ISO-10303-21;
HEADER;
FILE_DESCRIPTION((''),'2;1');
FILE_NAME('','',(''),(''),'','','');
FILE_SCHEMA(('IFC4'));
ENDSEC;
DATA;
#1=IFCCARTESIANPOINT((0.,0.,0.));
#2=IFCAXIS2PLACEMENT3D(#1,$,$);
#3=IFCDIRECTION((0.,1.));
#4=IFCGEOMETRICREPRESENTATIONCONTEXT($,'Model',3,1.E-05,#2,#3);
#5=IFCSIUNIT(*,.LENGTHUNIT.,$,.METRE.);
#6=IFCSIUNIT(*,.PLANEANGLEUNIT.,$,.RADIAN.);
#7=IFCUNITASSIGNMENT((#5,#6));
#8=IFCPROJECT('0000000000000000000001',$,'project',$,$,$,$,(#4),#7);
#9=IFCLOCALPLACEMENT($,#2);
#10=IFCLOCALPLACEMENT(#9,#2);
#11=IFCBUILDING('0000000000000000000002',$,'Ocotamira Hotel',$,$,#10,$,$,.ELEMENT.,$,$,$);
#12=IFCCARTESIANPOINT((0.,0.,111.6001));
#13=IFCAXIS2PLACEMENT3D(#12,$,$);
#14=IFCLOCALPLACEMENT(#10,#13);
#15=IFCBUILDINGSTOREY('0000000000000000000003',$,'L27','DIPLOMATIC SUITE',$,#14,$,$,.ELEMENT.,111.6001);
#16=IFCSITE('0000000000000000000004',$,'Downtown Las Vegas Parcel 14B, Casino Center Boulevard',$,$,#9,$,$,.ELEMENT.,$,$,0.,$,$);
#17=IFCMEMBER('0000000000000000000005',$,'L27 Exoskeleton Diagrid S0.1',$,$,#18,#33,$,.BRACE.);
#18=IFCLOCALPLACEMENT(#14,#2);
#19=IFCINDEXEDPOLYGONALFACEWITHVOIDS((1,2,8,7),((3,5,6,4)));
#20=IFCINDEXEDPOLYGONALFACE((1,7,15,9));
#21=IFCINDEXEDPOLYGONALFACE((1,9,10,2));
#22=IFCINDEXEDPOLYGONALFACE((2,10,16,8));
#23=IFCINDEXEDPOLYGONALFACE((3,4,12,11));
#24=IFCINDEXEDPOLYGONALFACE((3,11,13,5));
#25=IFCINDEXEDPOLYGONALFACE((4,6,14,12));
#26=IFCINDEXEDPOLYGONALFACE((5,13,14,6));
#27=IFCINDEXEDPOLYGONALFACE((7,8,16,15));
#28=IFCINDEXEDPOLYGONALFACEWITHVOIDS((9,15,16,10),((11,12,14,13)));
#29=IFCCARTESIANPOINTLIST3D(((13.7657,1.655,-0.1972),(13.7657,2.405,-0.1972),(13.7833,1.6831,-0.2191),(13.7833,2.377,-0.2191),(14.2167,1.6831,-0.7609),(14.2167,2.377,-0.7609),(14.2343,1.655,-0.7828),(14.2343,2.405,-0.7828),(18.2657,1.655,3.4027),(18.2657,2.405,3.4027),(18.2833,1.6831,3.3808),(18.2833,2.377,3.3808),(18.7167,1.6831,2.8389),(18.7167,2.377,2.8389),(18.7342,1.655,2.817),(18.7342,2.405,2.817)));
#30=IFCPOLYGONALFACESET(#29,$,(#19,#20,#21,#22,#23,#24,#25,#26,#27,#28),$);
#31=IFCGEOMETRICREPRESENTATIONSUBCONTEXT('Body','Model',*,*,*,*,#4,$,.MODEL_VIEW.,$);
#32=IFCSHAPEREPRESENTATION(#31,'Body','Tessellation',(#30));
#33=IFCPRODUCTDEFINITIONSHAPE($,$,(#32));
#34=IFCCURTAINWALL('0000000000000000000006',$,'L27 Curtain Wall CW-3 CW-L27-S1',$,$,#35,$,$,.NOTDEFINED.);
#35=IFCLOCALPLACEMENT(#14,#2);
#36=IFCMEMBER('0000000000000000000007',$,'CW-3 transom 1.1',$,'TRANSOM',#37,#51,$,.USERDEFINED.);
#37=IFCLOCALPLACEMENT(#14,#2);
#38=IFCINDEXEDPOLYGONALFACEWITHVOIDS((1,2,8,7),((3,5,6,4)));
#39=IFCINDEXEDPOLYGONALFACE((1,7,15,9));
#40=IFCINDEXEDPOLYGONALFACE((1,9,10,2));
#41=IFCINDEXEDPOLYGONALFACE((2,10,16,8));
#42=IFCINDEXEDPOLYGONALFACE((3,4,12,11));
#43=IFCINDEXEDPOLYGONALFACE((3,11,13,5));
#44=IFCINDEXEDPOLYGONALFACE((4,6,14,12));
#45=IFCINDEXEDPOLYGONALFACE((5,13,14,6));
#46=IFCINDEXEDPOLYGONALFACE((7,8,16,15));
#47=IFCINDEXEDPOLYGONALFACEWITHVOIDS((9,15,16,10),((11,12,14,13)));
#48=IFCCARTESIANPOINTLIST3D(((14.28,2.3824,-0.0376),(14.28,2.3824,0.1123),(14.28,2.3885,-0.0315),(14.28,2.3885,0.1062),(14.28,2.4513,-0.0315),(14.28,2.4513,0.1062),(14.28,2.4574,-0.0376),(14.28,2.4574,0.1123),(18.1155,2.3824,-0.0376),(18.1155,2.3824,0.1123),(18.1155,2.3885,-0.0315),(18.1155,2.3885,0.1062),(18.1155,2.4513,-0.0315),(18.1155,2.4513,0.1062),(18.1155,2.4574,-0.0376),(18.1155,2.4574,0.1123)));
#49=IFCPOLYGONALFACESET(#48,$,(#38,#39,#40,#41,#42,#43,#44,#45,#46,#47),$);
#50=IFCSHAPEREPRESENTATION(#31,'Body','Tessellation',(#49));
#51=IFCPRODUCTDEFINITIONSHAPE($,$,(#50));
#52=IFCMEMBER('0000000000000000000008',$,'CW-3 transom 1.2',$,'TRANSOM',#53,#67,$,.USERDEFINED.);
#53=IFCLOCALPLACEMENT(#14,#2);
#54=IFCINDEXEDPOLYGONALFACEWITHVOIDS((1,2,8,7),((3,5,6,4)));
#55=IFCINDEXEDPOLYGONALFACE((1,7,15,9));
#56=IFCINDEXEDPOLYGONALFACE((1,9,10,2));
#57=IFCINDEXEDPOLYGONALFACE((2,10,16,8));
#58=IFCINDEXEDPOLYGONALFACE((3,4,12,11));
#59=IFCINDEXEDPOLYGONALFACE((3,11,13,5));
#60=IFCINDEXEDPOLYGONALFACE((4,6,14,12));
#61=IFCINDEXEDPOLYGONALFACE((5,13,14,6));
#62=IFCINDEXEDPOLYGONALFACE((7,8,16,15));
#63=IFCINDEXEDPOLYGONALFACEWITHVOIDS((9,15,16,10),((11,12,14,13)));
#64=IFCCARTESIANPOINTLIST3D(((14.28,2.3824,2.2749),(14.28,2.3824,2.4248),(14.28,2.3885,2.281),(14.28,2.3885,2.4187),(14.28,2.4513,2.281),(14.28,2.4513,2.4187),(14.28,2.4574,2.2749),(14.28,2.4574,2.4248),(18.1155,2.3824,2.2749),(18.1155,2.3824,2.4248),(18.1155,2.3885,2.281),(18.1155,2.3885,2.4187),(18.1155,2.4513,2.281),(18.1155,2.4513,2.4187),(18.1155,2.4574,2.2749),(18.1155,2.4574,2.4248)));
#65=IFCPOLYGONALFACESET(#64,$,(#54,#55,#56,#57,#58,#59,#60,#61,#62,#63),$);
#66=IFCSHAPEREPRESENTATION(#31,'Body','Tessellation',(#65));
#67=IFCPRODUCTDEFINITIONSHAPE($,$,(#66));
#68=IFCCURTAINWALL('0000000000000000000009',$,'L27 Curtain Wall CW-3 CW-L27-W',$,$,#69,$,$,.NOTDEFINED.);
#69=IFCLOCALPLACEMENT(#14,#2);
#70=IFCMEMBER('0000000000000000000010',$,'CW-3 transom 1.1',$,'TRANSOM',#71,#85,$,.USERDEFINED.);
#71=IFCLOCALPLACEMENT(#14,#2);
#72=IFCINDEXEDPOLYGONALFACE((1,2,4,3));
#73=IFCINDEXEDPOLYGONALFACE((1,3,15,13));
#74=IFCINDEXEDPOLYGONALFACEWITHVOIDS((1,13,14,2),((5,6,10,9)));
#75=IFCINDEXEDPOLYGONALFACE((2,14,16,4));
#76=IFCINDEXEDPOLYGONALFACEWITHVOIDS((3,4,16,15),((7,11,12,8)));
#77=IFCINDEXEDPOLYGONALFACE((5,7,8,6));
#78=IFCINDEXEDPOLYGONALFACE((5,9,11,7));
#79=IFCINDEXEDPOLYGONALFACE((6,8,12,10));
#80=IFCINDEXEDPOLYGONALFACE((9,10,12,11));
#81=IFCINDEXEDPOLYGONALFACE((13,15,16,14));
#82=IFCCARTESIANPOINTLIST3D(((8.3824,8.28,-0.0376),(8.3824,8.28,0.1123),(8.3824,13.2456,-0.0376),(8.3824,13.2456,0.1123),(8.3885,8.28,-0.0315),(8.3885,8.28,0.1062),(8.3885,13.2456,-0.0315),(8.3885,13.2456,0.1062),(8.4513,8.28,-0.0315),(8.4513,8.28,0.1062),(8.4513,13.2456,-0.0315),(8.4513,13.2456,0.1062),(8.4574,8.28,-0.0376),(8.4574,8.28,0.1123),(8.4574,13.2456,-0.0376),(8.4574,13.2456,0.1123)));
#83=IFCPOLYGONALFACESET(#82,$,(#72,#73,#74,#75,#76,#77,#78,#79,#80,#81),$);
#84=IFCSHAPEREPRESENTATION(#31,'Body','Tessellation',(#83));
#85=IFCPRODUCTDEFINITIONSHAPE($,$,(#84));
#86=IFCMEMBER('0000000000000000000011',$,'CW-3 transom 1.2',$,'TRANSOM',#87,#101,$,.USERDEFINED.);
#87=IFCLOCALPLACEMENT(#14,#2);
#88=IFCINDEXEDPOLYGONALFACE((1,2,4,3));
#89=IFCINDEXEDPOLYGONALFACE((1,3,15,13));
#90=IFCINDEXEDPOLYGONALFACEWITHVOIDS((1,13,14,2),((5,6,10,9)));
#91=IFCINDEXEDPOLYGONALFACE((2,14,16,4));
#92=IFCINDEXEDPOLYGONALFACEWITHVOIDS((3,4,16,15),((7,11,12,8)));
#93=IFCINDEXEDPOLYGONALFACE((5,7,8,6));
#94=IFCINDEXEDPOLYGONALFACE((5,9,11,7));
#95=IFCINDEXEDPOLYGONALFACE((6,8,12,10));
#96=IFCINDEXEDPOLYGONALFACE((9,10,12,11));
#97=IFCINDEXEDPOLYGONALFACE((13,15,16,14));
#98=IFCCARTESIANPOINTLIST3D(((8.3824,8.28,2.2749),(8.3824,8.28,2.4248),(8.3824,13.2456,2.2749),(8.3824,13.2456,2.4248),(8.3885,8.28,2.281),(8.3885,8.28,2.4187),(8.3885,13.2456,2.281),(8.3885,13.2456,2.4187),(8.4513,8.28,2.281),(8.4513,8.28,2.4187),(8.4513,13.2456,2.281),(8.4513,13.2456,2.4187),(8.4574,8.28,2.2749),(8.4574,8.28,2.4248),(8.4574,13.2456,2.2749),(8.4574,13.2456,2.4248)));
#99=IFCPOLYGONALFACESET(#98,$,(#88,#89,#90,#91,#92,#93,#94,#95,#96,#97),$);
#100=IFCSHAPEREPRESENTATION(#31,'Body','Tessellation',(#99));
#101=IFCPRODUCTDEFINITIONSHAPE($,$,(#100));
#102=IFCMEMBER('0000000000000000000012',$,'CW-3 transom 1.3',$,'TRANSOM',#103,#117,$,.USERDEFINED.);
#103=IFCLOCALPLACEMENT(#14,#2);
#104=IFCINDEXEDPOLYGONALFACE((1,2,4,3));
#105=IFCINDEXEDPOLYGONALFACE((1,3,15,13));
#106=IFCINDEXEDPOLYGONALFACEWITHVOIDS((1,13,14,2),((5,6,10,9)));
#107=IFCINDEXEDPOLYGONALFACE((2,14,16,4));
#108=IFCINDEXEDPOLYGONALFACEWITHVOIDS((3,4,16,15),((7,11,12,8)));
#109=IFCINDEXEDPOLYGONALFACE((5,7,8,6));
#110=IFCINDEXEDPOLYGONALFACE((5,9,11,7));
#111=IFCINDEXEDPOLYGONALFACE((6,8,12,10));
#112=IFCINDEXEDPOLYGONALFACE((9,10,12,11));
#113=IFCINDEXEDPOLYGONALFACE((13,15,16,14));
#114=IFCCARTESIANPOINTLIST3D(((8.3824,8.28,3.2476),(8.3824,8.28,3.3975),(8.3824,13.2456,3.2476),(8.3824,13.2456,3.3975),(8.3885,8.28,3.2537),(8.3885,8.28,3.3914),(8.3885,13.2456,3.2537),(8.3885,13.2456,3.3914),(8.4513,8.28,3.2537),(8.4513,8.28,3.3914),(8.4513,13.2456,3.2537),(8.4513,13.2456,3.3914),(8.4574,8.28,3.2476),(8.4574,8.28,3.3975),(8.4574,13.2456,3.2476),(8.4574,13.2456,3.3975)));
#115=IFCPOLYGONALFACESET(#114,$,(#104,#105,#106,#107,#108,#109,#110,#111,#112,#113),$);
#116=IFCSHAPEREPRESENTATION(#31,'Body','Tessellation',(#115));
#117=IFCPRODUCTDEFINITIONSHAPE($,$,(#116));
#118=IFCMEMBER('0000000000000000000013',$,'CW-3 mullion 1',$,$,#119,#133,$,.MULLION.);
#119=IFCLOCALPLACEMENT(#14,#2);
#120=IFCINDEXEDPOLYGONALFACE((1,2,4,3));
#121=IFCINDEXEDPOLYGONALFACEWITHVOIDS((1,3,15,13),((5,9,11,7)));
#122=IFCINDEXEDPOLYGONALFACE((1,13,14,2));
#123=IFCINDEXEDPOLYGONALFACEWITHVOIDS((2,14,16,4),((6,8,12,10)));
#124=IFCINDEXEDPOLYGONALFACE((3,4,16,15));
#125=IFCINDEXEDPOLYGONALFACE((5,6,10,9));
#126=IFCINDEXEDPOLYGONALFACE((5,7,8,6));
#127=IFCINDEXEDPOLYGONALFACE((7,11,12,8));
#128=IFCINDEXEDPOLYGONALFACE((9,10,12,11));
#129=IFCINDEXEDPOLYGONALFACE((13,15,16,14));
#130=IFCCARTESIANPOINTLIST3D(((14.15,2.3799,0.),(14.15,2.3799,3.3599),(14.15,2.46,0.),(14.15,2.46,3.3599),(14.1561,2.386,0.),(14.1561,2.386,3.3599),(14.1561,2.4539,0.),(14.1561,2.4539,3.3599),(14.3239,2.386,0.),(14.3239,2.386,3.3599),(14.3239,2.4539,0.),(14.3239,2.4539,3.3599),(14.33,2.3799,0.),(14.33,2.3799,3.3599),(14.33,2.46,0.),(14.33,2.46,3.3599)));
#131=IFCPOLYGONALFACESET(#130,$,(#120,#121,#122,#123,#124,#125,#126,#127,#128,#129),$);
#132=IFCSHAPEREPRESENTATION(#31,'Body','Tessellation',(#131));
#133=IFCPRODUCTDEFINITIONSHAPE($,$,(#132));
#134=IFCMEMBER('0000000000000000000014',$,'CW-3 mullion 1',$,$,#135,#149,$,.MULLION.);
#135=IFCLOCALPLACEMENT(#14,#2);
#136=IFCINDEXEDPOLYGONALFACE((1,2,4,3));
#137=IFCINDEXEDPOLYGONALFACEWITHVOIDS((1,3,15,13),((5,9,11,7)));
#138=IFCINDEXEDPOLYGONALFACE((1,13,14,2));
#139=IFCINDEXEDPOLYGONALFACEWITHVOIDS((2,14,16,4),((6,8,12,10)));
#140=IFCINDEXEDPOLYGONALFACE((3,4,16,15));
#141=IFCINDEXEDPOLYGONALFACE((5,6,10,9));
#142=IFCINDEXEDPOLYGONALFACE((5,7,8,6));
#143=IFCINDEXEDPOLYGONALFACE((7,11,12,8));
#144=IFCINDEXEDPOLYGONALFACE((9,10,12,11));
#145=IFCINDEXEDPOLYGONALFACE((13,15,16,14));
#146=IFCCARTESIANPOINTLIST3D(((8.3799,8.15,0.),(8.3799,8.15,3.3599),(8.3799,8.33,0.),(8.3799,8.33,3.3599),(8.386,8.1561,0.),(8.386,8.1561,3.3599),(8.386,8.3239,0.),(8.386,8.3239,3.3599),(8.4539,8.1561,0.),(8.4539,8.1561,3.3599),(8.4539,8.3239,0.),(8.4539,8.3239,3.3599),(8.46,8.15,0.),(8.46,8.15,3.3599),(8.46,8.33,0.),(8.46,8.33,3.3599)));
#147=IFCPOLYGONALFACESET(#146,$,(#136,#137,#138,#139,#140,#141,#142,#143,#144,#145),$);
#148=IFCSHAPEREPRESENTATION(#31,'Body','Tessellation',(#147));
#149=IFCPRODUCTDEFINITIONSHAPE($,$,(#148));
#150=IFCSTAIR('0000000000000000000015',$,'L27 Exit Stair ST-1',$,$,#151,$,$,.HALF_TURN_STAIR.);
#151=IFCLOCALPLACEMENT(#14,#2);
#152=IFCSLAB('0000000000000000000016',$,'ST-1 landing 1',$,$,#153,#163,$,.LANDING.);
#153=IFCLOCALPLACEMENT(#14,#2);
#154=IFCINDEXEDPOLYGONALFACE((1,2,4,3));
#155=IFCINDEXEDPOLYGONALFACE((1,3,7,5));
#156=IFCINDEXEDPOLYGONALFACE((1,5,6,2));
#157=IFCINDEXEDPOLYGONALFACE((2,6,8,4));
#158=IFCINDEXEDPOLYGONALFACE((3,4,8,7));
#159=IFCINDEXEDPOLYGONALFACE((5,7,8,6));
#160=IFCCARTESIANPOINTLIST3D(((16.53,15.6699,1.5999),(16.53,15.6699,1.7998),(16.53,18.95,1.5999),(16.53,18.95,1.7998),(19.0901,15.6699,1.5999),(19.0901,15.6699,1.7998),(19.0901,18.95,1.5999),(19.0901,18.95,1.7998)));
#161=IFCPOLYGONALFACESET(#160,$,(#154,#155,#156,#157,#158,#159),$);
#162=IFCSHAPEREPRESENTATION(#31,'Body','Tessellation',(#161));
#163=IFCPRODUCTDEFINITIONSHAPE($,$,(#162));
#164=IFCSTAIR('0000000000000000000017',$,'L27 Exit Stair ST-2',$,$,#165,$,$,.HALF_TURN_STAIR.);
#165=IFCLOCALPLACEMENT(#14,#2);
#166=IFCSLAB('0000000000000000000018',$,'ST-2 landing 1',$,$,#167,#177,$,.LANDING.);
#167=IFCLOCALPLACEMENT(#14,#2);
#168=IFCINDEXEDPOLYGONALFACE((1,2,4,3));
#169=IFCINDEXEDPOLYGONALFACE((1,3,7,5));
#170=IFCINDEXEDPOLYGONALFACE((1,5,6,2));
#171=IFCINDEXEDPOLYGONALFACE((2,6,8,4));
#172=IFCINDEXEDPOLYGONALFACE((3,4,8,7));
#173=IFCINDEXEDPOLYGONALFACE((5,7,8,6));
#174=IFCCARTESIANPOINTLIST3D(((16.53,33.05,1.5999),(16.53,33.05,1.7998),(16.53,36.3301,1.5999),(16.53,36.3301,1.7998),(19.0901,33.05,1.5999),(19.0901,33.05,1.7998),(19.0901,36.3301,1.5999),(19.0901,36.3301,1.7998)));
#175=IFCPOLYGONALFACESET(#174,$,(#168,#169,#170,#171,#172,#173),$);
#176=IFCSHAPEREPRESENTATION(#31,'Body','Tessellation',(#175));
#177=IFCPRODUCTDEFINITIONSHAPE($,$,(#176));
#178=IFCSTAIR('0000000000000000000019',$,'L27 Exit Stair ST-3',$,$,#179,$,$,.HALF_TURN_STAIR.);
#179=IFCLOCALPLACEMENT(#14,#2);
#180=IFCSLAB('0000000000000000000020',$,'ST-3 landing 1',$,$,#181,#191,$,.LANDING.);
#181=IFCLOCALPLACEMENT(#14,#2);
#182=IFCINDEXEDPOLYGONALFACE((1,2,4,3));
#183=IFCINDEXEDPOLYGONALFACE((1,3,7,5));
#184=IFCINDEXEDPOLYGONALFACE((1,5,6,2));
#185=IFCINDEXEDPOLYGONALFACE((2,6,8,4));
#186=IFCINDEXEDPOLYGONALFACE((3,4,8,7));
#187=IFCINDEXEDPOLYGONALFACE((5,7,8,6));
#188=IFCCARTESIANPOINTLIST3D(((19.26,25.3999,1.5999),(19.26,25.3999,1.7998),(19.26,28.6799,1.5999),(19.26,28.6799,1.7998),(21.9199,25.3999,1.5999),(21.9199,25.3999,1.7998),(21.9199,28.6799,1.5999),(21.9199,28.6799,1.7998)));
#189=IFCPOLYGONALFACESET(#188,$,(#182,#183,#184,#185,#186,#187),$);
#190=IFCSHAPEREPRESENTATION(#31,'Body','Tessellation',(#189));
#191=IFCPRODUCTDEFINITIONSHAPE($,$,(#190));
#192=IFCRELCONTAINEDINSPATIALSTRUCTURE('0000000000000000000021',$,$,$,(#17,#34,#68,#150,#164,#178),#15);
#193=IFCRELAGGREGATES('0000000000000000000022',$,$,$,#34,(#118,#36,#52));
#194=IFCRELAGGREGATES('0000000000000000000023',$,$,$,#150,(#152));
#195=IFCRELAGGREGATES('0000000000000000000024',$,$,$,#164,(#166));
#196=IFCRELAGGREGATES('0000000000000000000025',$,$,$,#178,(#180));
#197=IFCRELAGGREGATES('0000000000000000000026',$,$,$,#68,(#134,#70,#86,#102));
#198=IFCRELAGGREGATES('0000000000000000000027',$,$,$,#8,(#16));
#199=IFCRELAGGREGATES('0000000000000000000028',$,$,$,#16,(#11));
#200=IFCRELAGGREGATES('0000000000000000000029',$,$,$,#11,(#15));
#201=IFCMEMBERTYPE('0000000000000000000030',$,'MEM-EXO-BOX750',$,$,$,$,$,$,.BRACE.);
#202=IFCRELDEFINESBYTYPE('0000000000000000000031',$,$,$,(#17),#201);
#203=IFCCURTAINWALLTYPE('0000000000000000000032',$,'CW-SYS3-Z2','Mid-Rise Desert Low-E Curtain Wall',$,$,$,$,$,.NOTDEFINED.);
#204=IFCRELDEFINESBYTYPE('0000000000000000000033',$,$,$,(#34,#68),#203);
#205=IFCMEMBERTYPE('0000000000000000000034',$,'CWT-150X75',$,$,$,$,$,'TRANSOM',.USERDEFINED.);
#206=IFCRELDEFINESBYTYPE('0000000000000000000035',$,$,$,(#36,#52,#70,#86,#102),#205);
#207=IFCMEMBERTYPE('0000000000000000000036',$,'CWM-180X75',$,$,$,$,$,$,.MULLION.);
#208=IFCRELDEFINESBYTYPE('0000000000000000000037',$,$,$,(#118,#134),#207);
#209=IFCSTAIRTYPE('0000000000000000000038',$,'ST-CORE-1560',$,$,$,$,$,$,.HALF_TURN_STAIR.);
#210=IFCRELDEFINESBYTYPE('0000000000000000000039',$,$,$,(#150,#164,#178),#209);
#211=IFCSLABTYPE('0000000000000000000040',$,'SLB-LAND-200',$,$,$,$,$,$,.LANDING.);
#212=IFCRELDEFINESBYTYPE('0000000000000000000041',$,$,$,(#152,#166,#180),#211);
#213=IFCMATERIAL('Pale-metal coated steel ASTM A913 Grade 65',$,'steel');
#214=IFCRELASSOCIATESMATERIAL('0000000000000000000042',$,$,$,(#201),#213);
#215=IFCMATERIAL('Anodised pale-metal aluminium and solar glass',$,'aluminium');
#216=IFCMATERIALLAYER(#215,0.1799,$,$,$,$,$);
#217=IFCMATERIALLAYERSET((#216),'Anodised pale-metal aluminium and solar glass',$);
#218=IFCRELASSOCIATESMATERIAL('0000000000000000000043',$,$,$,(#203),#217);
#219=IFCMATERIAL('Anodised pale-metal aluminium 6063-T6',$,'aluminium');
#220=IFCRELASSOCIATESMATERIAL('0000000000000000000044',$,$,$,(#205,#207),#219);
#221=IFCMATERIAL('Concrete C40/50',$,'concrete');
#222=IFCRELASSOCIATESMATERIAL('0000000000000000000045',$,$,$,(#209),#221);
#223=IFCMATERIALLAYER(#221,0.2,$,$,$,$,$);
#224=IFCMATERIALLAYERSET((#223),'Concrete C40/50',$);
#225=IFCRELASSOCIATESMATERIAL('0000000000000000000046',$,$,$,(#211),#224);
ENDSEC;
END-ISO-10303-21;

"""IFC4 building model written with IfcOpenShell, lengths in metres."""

from ifc_helpers import new_model, si_unit, direction, frame, origin, origin_2d, place, context, subcontext, project, spatial, polyline, hollow_rectangle, outline, extrude, source, transform, mapped, material, layer, layer_set, material_profile, profile_set, type_object, element, aggregate, save


model = new_model("IFC4")

# Units and contexts
model_context = context("Model", 3, precision=1e-05, world=origin(), true_north=direction((0.0, 1.0)))
body_context = subcontext(model_context, "Body", "Model", "MODEL_VIEW")
ifc_project = project(units=[si_unit("LENGTHUNIT", "METRE"), si_unit("PLANEANGLEUNIT", "RADIAN")], contexts=[model_context])

# Site, building, storey
site_placement = place(None, origin())
site = spatial("IfcSite", under=ifc_project, at=site_placement, Name="Downtown Las Vegas Parcel 14B, Casino Center Boulevard", CompositionType="ELEMENT", RefElevation=0.0)
building_placement = place(site_placement, origin())
building = spatial("IfcBuilding", under=site, at=building_placement, Name="Ocotamira Hotel", CompositionType="ELEMENT")
storey_placement = place(building_placement, frame((0.0, 0.0, 111.6001)))
storey = spatial("IfcBuildingStorey", under=building, at=storey_placement, Name="L27", Description="DIPLOMATIC SUITE", CompositionType="ELEMENT", Elevation=111.6001)

# Member
ifc_material_1 = material(Name="Pale-metal coated steel ASTM A913 Grade 65", Category="steel")
ifc_material_profile_1 = material_profile(ifc_material_1, hollow_rectangle(XDim=0.75, YDim=0.75, WallThickness=0.0281, at=origin_2d()), Name="BOX750X750X28")
ifc_profile_set_1 = profile_set([ifc_material_profile_1], Name="Pale-metal coated steel ASTM A913 Grade 65")
member_type_1 = type_object("IfcMemberType", Name="MEM-EXO-BOX750", PredefinedType="BRACE", material=ifc_profile_set_1)
shared_shape_1 = source(origin(), body_context, "Body", "SweptSolid", [
    extrude(hollow_rectangle(XDim=0.75, YDim=0.75, WallThickness=0.0281, at=origin_2d()), origin(), (0.0, 0.0, 1.0), 5.7627),
])
member_1_placement = place(storey_placement, frame((14.0, 2.03, -0.49), z_axis=(0.780881, 0.0, 0.62468), x_axis=(0.0, 1.0, 0.0)))
element("IfcMember", 1, at=member_1_placement, inside=storey, type_object=member_type_1, Name="L27 Exoskeleton Diagrid S0.1", PredefinedType="BRACE", context=body_context, shape_type="MappedRepresentation", body=[
    mapped(shared_shape_1, transform((0.0, 0.0, 0.0), scale=1.0)),
])

# Curtain walls, members
ifc_material_2 = material(Name="Anodised pale-metal aluminium and solar glass", Category="aluminium")
ifc_layer_1 = layer(ifc_material_2, 0.1799)
ifc_layer_set_1 = layer_set([ifc_layer_1], Name="Anodised pale-metal aluminium and solar glass")
curtain_wall_type = type_object("IfcCurtainWallType", Name="CW-SYS3-Z2", Description="Mid-Rise Desert Low-E Curtain Wall", PredefinedType="NOTDEFINED", material=ifc_layer_set_1)
curtain_wall_1_placement = place(storey_placement, origin())
curtain_wall_1 = element("IfcCurtainWall", 2, at=curtain_wall_1_placement, inside=storey, type_object=curtain_wall_type, Name="L27 Curtain Wall CW-3 CW-L27-S1", PredefinedType="NOTDEFINED")
ifc_material_3 = material(Name="Anodised pale-metal aluminium 6063-T6", Category="aluminium")
ifc_material_profile_2 = material_profile(ifc_material_3, hollow_rectangle(XDim=0.075, YDim=0.1499, WallThickness=0.0061, at=origin_2d()), Name="HSS150X75X6")
ifc_profile_set_2 = profile_set([ifc_material_profile_2], Name="Anodised pale-metal aluminium 6063-T6")
member_type_2 = type_object("IfcMemberType", Name="CWT-150X75", ElementType="TRANSOM", PredefinedType="USERDEFINED", material=ifc_profile_set_2)
shared_shape_2 = source(origin(), body_context, "Body", "SweptSolid", [
    extrude(hollow_rectangle(XDim=0.075, YDim=0.1499, WallThickness=0.0061, at=origin_2d()), origin(), (0.0, 0.0, 1.0), 3.8354),
])
member_2_placement = place(storey_placement, frame((14.28, 2.4199, 0.0374), z_axis=(1.0, 0.0, 0.0), x_axis=(0.0, 1.0, 0.0)))
member_2 = element("IfcMember", 3, at=member_2_placement, type_object=member_type_2, Name="CW-3 transom 1.1", ObjectType="TRANSOM", PredefinedType="USERDEFINED", context=body_context, shape_type="MappedRepresentation", body=[
    mapped(shared_shape_2, transform((0.0, 0.0, 0.0), scale=1.0)),
])
member_3_placement = place(storey_placement, frame((14.28, 2.4199, 2.3499), z_axis=(1.0, 0.0, 0.0), x_axis=(0.0, 1.0, 0.0)))
member_3 = element("IfcMember", 4, at=member_3_placement, type_object=member_type_2, Name="CW-3 transom 1.2", ObjectType="TRANSOM", PredefinedType="USERDEFINED", context=body_context, shape_type="MappedRepresentation", body=[
    mapped(shared_shape_2, transform((0.0, 0.0, 0.0), scale=1.0)),
])
curtain_wall_2_placement = place(storey_placement, origin())
curtain_wall_2 = element("IfcCurtainWall", 5, at=curtain_wall_2_placement, inside=storey, type_object=curtain_wall_type, Name="L27 Curtain Wall CW-3 CW-L27-W", PredefinedType="NOTDEFINED")
shared_shape_3 = source(origin(), body_context, "Body", "SweptSolid", [
    extrude(hollow_rectangle(XDim=0.075, YDim=0.1499, WallThickness=0.0061, at=origin_2d()), origin(), (0.0, 0.0, 1.0), 4.9656),
])
member_4_placement = place(storey_placement, frame((8.4199, 8.28, 0.0374), z_axis=(0.0, 1.0, 0.0), x_axis=(-1.0, 0.0, 0.0)))
member_4 = element("IfcMember", 6, at=member_4_placement, type_object=member_type_2, Name="CW-3 transom 1.1", ObjectType="TRANSOM", PredefinedType="USERDEFINED", context=body_context, shape_type="MappedRepresentation", body=[
    mapped(shared_shape_3, transform((0.0, 0.0, 0.0), scale=1.0)),
])
member_5_placement = place(storey_placement, frame((8.4199, 8.28, 2.3499), z_axis=(0.0, 1.0, 0.0), x_axis=(-1.0, 0.0, 0.0)))
member_5 = element("IfcMember", 7, at=member_5_placement, type_object=member_type_2, Name="CW-3 transom 1.2", ObjectType="TRANSOM", PredefinedType="USERDEFINED", context=body_context, shape_type="MappedRepresentation", body=[
    mapped(shared_shape_3, transform((0.0, 0.0, 0.0), scale=1.0)),
])
member_6_placement = place(storey_placement, frame((8.4199, 8.28, 3.3225), z_axis=(0.0, 1.0, 0.0), x_axis=(-1.0, 0.0, 0.0)))
member_6 = element("IfcMember", 8, at=member_6_placement, type_object=member_type_2, Name="CW-3 transom 1.3", ObjectType="TRANSOM", PredefinedType="USERDEFINED", context=body_context, shape_type="MappedRepresentation", body=[
    mapped(shared_shape_3, transform((0.0, 0.0, 0.0), scale=1.0)),
])

# Members
ifc_material_profile_3 = material_profile(ifc_material_3, hollow_rectangle(XDim=0.0801, YDim=0.1799, WallThickness=0.0061, at=origin_2d()), Name="HSS180X80X6")
ifc_profile_set_3 = profile_set([ifc_material_profile_3], Name="Anodised pale-metal aluminium 6063-T6")
member_type_3 = type_object("IfcMemberType", Name="CWM-180X75", PredefinedType="MULLION", material=ifc_profile_set_3)
shared_shape_4 = source(origin(), body_context, "Body", "SweptSolid", [
    extrude(hollow_rectangle(XDim=0.0801, YDim=0.1799, WallThickness=0.0061, at=origin_2d()), origin(), (0.0, 0.0, 1.0), 3.3599),
])
member_7_placement = place(storey_placement, frame((14.24, 2.4199, 0.0), z_axis=(0.0, 0.0, 1.0), x_axis=(0.0, 1.0, 0.0)))
member_7 = element("IfcMember", 9, at=member_7_placement, type_object=member_type_3, Name="CW-3 mullion 1", PredefinedType="MULLION", context=body_context, shape_type="MappedRepresentation", body=[
    mapped(shared_shape_4, transform((0.0, 0.0, 0.0), scale=1.0)),
])
aggregate(curtain_wall_1, [member_7, member_2, member_3])
member_8_placement = place(storey_placement, frame((8.4199, 8.24, 0.0), z_axis=(0.0, 0.0, 1.0), x_axis=(-1.0, 0.0, 0.0)))
member_8 = element("IfcMember", 10, at=member_8_placement, type_object=member_type_3, Name="CW-3 mullion 1", PredefinedType="MULLION", context=body_context, shape_type="MappedRepresentation", body=[
    mapped(shared_shape_4, transform((0.0, 0.0, 0.0), scale=1.0)),
])

# Stairs, slabs
ifc_material_4 = material(Name="Concrete C40/50", Category="concrete")
stair_type = type_object("IfcStairType", Name="ST-CORE-1560", PredefinedType="HALF_TURN_STAIR", material=ifc_material_4)
stair_1_placement = place(storey_placement, origin())
stair_1 = element("IfcStair", 11, at=stair_1_placement, inside=storey, type_object=stair_type, Name="L27 Exit Stair ST-1", PredefinedType="HALF_TURN_STAIR")
ifc_layer_2 = layer(ifc_material_4, 0.2)
ifc_layer_set_2 = layer_set([ifc_layer_2], Name="Concrete C40/50")
slab_type_1 = type_object("IfcSlabType", Name="SLB-LAND-200", PredefinedType="LANDING", material=ifc_layer_set_2)
slab_1_placement = place(storey_placement, frame((0.0, 0.0, 1.5999)))
slab_1 = element("IfcSlab", 12, at=slab_1_placement, type_object=slab_type_1, Name="ST-1 landing 1", PredefinedType="LANDING", context=body_context, shape_type="SweptSolid", body=[
    extrude(outline(polyline([(16.53, 15.6699), (19.0901, 15.6699), (19.0901, 18.95), (16.53, 18.95), (16.53, 15.6699)])), origin(), (0.0, 0.0, 1.0), 0.2),
])
aggregate(stair_1, [slab_1])
stair_2_placement = place(storey_placement, origin())
stair_2 = element("IfcStair", 13, at=stair_2_placement, inside=storey, type_object=stair_type, Name="L27 Exit Stair ST-2", PredefinedType="HALF_TURN_STAIR")
slab_2_placement = place(storey_placement, frame((0.0, 0.0, 1.5999)))
slab_2 = element("IfcSlab", 14, at=slab_2_placement, type_object=slab_type_1, Name="ST-2 landing 1", PredefinedType="LANDING", context=body_context, shape_type="SweptSolid", body=[
    extrude(outline(polyline([(16.53, 33.05), (19.0901, 33.05), (19.0901, 36.3301), (16.53, 36.3301), (16.53, 33.05)])), origin(), (0.0, 0.0, 1.0), 0.2),
])
aggregate(stair_2, [slab_2])
stair_3_placement = place(storey_placement, origin())
stair_3 = element("IfcStair", 15, at=stair_3_placement, inside=storey, type_object=stair_type, Name="L27 Exit Stair ST-3", PredefinedType="HALF_TURN_STAIR")
slab_3_placement = place(storey_placement, frame((0.0, 0.0, 1.5999)))
slab_3 = element("IfcSlab", 16, at=slab_3_placement, type_object=slab_type_1, Name="ST-3 landing 1", PredefinedType="LANDING", context=body_context, shape_type="SweptSolid", body=[
    extrude(outline(polyline([(19.26, 25.3999), (21.9199, 25.3999), (21.9199, 28.6799), (19.26, 28.6799), (19.26, 25.3999)])), origin(), (0.0, 0.0, 1.0), 0.2),
])
aggregate(stair_3, [slab_3])

aggregate(curtain_wall_2, [member_8, member_4, member_5, member_6])

save(model, "model.ifc")
